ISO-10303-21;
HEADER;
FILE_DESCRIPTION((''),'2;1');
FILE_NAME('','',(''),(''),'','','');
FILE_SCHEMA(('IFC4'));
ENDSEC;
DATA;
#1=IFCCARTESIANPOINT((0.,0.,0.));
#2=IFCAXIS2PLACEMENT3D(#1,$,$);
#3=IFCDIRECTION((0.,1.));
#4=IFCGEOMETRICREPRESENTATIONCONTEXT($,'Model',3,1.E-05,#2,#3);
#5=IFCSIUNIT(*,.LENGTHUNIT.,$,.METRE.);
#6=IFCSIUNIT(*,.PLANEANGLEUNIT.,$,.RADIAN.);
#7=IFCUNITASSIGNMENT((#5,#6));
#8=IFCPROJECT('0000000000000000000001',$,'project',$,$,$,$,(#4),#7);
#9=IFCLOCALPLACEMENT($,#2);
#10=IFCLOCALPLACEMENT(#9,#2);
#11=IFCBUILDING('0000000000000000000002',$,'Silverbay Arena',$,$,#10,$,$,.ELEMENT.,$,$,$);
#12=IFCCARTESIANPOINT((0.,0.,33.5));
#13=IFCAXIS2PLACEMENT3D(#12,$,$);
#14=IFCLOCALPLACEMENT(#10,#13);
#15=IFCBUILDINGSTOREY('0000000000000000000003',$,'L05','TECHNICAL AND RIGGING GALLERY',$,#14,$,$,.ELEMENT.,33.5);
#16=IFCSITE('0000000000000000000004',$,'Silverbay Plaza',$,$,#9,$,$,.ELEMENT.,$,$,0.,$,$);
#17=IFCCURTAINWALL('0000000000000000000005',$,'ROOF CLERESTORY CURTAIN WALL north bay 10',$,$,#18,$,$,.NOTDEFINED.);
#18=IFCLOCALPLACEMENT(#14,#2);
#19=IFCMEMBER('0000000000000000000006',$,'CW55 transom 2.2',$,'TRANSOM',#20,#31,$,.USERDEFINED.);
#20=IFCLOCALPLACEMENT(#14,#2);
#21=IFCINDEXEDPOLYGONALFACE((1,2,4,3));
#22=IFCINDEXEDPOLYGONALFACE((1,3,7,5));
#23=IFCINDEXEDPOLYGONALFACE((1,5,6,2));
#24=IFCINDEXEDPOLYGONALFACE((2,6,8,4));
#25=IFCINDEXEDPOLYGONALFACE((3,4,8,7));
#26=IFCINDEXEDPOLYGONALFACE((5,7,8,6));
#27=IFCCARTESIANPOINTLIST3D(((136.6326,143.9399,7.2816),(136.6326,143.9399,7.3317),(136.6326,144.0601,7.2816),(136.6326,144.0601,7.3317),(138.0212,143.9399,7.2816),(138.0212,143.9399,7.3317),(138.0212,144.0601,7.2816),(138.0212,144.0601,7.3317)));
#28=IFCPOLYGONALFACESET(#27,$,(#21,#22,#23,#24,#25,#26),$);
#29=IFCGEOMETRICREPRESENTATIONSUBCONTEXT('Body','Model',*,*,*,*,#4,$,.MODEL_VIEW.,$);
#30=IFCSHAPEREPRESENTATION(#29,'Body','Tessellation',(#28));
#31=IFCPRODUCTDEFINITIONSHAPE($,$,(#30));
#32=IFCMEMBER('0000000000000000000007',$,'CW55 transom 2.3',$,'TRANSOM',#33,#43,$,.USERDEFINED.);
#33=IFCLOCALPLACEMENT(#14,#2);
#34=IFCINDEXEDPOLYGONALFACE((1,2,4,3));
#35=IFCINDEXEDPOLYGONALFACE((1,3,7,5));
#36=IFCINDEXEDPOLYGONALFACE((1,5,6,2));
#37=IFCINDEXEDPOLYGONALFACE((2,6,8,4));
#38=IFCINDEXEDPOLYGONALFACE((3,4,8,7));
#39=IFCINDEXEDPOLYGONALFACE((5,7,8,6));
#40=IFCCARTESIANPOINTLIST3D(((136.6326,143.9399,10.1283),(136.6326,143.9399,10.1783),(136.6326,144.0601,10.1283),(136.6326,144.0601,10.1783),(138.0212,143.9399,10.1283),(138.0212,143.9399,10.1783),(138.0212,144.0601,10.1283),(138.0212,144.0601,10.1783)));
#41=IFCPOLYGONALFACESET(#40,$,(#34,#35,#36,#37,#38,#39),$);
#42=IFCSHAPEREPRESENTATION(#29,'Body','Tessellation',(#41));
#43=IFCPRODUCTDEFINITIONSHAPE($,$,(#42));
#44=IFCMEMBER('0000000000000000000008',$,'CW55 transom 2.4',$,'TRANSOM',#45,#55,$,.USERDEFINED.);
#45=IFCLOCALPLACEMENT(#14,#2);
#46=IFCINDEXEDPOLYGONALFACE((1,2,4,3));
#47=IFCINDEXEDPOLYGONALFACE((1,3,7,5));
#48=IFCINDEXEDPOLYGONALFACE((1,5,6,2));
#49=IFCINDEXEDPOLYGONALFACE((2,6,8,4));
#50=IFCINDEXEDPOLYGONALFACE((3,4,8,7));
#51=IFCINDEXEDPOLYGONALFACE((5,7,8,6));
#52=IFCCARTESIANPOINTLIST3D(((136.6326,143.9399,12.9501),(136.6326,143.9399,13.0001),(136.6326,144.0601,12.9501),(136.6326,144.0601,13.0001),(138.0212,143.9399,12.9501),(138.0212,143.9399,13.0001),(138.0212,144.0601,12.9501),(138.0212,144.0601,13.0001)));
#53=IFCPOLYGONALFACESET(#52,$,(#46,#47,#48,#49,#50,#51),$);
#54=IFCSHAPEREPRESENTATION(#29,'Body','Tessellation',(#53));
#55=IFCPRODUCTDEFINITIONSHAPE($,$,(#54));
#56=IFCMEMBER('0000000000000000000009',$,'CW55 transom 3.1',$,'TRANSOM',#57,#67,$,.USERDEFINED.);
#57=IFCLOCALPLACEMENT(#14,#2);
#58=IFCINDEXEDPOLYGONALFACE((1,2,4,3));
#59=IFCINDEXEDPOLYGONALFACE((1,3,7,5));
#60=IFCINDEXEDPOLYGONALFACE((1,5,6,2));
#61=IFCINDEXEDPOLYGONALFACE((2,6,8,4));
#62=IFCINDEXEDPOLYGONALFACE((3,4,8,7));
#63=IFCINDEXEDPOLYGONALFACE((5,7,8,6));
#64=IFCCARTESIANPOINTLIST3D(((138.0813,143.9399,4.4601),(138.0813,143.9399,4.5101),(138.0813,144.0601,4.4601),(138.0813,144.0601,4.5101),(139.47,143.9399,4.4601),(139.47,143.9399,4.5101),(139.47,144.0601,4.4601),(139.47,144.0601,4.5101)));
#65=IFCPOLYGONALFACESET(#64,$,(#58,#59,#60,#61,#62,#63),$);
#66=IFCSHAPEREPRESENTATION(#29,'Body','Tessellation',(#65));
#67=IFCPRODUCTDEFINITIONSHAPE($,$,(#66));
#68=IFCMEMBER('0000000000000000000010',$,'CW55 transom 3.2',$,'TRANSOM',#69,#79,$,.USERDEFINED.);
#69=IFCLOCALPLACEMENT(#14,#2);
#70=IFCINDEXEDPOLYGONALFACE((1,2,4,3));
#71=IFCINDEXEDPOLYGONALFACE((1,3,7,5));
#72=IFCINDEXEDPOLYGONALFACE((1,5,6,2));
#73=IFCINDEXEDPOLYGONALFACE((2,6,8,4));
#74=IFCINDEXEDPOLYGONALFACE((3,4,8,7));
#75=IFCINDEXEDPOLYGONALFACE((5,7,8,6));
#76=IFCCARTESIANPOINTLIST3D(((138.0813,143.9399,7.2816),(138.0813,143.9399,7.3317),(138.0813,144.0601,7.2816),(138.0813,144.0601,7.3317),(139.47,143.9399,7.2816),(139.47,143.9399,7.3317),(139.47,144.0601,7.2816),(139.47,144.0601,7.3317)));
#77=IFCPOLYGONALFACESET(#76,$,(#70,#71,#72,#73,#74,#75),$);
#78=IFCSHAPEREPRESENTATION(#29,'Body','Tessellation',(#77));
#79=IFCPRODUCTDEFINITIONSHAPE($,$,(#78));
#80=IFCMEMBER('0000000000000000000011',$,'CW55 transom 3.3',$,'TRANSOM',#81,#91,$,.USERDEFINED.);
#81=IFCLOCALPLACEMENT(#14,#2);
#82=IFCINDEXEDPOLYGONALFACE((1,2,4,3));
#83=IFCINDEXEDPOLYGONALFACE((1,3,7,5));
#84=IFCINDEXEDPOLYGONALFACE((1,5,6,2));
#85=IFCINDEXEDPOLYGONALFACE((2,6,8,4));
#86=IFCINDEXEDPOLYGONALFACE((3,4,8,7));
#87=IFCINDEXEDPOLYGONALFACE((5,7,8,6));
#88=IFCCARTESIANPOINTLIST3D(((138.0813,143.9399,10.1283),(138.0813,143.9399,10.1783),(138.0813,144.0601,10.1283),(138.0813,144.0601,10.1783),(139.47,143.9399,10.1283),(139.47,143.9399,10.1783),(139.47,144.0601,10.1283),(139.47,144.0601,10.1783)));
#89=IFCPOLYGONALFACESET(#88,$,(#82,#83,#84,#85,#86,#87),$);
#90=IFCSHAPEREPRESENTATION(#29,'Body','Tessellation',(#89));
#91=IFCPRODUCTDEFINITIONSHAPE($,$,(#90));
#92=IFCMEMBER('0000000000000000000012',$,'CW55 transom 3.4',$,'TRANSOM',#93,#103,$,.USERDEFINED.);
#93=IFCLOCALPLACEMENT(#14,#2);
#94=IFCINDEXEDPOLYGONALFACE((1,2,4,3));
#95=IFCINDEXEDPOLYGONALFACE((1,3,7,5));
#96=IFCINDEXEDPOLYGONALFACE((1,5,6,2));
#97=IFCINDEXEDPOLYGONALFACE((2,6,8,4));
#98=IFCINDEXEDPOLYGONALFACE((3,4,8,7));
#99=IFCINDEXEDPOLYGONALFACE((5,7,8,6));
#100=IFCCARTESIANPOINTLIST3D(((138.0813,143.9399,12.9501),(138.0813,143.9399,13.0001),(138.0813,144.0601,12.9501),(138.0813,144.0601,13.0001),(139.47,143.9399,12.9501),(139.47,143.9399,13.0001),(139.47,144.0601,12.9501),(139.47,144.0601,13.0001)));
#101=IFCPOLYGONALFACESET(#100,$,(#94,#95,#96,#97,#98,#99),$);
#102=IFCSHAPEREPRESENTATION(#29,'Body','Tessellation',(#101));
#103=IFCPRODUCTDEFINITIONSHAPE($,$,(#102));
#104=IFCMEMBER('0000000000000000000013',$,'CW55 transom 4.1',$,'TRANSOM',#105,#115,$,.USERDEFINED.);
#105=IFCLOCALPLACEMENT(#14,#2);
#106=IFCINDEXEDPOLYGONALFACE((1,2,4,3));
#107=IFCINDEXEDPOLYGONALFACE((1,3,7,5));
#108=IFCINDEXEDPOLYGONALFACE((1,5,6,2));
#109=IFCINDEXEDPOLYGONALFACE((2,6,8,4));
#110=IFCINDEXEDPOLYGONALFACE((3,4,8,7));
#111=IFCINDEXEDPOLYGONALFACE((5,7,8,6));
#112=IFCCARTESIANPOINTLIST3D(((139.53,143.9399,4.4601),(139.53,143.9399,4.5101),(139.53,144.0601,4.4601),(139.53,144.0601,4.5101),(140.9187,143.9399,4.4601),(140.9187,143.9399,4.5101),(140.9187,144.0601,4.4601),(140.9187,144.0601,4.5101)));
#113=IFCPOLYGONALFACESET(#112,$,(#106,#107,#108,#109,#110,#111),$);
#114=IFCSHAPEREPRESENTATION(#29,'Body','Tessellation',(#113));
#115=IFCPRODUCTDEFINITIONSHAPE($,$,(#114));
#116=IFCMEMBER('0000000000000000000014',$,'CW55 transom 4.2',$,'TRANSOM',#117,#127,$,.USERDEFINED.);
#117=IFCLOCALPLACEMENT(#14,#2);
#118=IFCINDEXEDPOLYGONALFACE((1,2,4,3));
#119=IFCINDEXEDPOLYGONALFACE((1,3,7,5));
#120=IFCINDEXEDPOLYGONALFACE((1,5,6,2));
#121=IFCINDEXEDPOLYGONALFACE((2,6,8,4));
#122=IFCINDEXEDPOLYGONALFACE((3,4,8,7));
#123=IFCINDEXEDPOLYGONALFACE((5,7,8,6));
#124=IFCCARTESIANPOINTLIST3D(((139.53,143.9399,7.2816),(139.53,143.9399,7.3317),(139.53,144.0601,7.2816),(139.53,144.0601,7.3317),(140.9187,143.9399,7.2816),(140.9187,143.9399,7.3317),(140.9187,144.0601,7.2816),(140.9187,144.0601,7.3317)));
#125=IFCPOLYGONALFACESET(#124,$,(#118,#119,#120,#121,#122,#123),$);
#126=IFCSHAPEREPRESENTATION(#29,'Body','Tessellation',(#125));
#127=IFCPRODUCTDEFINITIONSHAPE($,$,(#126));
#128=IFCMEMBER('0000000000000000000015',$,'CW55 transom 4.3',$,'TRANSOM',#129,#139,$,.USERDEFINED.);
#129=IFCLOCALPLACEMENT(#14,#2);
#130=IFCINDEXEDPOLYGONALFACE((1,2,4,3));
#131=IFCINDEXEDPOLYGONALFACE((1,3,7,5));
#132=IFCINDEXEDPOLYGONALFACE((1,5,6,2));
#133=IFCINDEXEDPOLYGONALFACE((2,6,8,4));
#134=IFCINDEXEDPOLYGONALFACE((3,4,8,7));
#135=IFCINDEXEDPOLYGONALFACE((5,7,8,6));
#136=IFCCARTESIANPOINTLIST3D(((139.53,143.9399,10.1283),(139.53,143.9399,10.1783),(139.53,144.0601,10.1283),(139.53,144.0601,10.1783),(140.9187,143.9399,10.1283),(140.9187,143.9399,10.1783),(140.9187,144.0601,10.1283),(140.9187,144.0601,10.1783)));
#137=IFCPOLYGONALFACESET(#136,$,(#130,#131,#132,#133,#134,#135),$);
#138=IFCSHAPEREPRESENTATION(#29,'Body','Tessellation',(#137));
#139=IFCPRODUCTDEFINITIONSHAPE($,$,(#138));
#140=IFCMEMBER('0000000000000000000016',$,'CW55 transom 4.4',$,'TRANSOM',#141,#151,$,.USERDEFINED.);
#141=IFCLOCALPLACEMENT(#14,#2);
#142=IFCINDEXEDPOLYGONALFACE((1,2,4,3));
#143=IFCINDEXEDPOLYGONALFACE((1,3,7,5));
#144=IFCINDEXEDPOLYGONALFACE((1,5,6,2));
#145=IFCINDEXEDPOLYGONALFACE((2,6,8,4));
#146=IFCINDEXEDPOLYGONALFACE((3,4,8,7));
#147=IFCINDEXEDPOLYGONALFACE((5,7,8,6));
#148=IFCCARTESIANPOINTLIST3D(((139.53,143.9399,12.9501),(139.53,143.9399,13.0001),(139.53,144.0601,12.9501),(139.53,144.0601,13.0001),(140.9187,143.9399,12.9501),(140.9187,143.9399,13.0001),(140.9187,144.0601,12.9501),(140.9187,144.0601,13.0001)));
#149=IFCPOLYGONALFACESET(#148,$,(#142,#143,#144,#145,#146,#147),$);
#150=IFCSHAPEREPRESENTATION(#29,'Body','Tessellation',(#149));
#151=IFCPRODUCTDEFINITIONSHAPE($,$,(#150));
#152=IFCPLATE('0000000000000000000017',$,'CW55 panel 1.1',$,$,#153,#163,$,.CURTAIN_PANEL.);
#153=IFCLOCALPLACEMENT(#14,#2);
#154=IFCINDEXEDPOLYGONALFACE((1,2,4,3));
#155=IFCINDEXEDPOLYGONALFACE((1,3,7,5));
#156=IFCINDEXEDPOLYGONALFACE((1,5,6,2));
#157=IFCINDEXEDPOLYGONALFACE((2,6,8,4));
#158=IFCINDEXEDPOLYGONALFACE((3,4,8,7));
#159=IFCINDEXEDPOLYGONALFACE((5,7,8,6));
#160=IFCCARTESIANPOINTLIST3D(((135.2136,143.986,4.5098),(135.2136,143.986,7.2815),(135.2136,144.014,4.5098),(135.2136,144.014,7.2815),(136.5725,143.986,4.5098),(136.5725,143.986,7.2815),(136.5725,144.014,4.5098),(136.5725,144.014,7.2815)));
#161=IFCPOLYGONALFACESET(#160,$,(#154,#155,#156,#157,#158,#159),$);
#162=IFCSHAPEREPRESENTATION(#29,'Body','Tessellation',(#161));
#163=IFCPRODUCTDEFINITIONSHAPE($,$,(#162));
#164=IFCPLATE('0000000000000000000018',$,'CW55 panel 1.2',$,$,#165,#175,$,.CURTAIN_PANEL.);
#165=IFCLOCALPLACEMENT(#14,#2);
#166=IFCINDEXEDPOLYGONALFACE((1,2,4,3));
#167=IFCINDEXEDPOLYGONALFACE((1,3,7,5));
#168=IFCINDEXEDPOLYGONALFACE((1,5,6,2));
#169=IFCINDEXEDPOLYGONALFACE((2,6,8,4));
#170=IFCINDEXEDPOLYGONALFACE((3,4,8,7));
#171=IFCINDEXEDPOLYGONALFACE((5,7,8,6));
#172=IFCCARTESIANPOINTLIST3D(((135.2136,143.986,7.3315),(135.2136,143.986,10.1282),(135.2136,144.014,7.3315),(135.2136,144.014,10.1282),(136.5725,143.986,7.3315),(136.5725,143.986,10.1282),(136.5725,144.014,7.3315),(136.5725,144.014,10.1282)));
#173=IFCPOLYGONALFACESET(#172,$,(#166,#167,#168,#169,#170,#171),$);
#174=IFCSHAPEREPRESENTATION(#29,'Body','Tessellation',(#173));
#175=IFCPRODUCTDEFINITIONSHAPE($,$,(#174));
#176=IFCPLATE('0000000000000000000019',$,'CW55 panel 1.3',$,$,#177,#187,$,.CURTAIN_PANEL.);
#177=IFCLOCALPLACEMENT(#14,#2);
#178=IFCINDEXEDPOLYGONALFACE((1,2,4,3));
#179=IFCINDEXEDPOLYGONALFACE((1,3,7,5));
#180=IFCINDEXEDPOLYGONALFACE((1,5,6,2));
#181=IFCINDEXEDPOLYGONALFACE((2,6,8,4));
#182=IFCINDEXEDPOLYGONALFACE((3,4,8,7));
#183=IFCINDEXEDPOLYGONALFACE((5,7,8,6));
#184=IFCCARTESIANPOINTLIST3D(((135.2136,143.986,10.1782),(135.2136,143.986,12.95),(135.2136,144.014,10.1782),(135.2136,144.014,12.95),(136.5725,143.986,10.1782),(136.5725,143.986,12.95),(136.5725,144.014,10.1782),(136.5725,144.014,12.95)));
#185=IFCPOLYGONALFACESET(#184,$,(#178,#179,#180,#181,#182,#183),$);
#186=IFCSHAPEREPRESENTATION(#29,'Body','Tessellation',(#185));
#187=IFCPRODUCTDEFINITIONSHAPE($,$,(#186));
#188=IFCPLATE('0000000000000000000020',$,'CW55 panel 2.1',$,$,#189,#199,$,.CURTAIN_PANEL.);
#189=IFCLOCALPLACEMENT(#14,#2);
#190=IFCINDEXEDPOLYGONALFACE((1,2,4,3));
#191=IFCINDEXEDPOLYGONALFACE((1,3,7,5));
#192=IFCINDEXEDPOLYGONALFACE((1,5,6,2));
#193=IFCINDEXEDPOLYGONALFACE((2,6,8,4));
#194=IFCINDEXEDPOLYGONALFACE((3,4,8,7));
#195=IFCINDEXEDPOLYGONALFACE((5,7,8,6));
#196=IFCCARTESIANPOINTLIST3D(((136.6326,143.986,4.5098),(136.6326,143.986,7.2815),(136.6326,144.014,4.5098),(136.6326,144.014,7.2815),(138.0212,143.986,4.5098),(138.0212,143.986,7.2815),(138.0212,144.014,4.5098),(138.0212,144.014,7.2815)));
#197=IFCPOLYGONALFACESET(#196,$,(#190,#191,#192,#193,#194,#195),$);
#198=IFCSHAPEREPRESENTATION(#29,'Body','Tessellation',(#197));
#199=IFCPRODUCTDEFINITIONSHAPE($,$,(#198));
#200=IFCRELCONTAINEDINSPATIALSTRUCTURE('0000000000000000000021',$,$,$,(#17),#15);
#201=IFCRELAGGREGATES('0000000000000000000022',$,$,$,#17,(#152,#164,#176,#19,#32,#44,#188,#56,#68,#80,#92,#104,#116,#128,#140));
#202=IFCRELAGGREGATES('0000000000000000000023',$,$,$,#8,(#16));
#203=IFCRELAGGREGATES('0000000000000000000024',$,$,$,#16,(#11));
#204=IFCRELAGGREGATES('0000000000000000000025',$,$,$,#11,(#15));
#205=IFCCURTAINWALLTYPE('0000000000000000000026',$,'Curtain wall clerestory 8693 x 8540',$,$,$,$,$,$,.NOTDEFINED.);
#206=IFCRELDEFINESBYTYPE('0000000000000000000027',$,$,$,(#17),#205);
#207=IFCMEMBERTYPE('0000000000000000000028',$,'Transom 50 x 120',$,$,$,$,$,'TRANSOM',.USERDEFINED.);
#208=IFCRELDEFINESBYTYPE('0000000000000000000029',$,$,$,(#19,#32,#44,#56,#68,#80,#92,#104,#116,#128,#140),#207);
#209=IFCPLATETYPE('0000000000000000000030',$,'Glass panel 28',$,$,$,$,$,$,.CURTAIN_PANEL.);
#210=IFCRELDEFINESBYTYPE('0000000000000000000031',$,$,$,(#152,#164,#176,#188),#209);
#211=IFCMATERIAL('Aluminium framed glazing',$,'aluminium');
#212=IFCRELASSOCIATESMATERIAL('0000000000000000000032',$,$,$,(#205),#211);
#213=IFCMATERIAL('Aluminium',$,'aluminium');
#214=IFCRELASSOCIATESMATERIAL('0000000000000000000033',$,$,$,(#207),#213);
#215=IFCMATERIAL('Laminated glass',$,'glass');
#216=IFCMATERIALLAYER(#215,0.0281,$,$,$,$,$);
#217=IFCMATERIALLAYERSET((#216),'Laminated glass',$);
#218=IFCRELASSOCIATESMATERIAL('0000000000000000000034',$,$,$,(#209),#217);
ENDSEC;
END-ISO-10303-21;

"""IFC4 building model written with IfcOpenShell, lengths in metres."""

from ifc_helpers import new_model, si_unit, direction, frame, origin, origin_2d, place, context, subcontext, project, spatial, rectangle, extrude, material, layer, layer_set, material_profile, profile_set, type_object, element, aggregate, save


model = new_model("IFC4")

# Units and contexts
model_context = context("Model", 3, precision=1e-05, world=origin(), true_north=direction((0.0, 1.0)))
body_context = subcontext(model_context, "Body", "Model", "MODEL_VIEW")
ifc_project = project(units=[si_unit("LENGTHUNIT", "METRE"), si_unit("PLANEANGLEUNIT", "RADIAN")], contexts=[model_context])

# Site, building, storey
site_placement = place(None, origin())
site = spatial("IfcSite", under=ifc_project, at=site_placement, Name="Silverbay Plaza", CompositionType="ELEMENT", RefElevation=0.0)
building_placement = place(site_placement, origin())
building = spatial("IfcBuilding", under=site, at=building_placement, Name="Silverbay Arena", CompositionType="ELEMENT")
storey_placement = place(building_placement, frame((0.0, 0.0, 33.5)))
storey = spatial("IfcBuildingStorey", under=building, at=storey_placement, Name="L05", Description="TECHNICAL AND RIGGING GALLERY", CompositionType="ELEMENT", Elevation=33.5)

# Curtain wall
ifc_material_1 = material(Name="Aluminium framed glazing", Category="aluminium")
curtain_wall_type = type_object("IfcCurtainWallType", Name="Curtain wall clerestory 8693 x 8540", PredefinedType="NOTDEFINED", material=ifc_material_1)
curtain_wall_placement = place(storey_placement, origin())
curtain_wall = element("IfcCurtainWall", 1, at=curtain_wall_placement, inside=storey, type_object=curtain_wall_type, Name="ROOF CLERESTORY CURTAIN WALL north bay 10", PredefinedType="NOTDEFINED")

# Members
ifc_material_2 = material(Name="Aluminium", Category="aluminium")
ifc_material_profile_1 = material_profile(ifc_material_2, rectangle(XDim=0.1201, YDim=0.05, at=origin_2d()), Name="Transom 50 x 120")
ifc_profile_set_1 = profile_set([ifc_material_profile_1], Name="Aluminium")
member_type_1 = type_object("IfcMemberType", Name="Transom 50 x 120", ElementType="TRANSOM", PredefinedType="USERDEFINED", material=ifc_profile_set_1)
member_1_placement = place(storey_placement, frame((136.6326, 144.0, 7.3066), z_axis=(1.0, 0.0, 0.0), x_axis=(0.0, 1.0, 0.0)))
member_1 = element("IfcMember", 2, at=member_1_placement, type_object=member_type_1, Name="CW55 transom 2.2", ObjectType="TRANSOM", PredefinedType="USERDEFINED", context=body_context, shape_type="SweptSolid", body=[
    extrude(rectangle(XDim=0.1201, YDim=0.05, at=origin_2d()), origin(), (0.0, 0.0, 1.0), 1.3887),
])
member_2_placement = place(storey_placement, frame((136.6326, 144.0, 10.1533), z_axis=(1.0, 0.0, 0.0), x_axis=(0.0, 1.0, 0.0)))
member_2 = element("IfcMember", 3, at=member_2_placement, type_object=member_type_1, Name="CW55 transom 2.3", ObjectType="TRANSOM", PredefinedType="USERDEFINED", context=body_context, shape_type="SweptSolid", body=[
    extrude(rectangle(XDim=0.1201, YDim=0.05, at=origin_2d()), origin(), (0.0, 0.0, 1.0), 1.3887),
])
member_3_placement = place(storey_placement, frame((136.6326, 144.0, 12.9751), z_axis=(1.0, 0.0, 0.0), x_axis=(0.0, 1.0, 0.0)))
member_3 = element("IfcMember", 4, at=member_3_placement, type_object=member_type_1, Name="CW55 transom 2.4", ObjectType="TRANSOM", PredefinedType="USERDEFINED", context=body_context, shape_type="SweptSolid", body=[
    extrude(rectangle(XDim=0.1201, YDim=0.05, at=origin_2d()), origin(), (0.0, 0.0, 1.0), 1.3887),
])
member_4_placement = place(storey_placement, frame((138.0813, 144.0, 4.4851), z_axis=(1.0, 0.0, 0.0), x_axis=(0.0, 1.0, 0.0)))
member_4 = element("IfcMember", 5, at=member_4_placement, type_object=member_type_1, Name="CW55 transom 3.1", ObjectType="TRANSOM", PredefinedType="USERDEFINED", context=body_context, shape_type="SweptSolid", body=[
    extrude(rectangle(XDim=0.1201, YDim=0.05, at=origin_2d()), origin(), (0.0, 0.0, 1.0), 1.3887),
])
member_5_placement = place(storey_placement, frame((138.0813, 144.0, 7.3066), z_axis=(1.0, 0.0, 0.0), x_axis=(0.0, 1.0, 0.0)))
member_5 = element("IfcMember", 6, at=member_5_placement, type_object=member_type_1, Name="CW55 transom 3.2", ObjectType="TRANSOM", PredefinedType="USERDEFINED", context=body_context, shape_type="SweptSolid", body=[
    extrude(rectangle(XDim=0.1201, YDim=0.05, at=origin_2d()), origin(), (0.0, 0.0, 1.0), 1.3887),
])
member_6_placement = place(storey_placement, frame((138.0813, 144.0, 10.1533), z_axis=(1.0, 0.0, 0.0), x_axis=(0.0, 1.0, 0.0)))
member_6 = element("IfcMember", 7, at=member_6_placement, type_object=member_type_1, Name="CW55 transom 3.3", ObjectType="TRANSOM", PredefinedType="USERDEFINED", context=body_context, shape_type="SweptSolid", body=[
    extrude(rectangle(XDim=0.1201, YDim=0.05, at=origin_2d()), origin(), (0.0, 0.0, 1.0), 1.3887),
])
member_7_placement = place(storey_placement, frame((138.0813, 144.0, 12.9751), z_axis=(1.0, 0.0, 0.0), x_axis=(0.0, 1.0, 0.0)))
member_7 = element("IfcMember", 8, at=member_7_placement, type_object=member_type_1, Name="CW55 transom 3.4", ObjectType="TRANSOM", PredefinedType="USERDEFINED", context=body_context, shape_type="SweptSolid", body=[
    extrude(rectangle(XDim=0.1201, YDim=0.05, at=origin_2d()), origin(), (0.0, 0.0, 1.0), 1.3887),
])
member_8_placement = place(storey_placement, frame((139.53, 144.0, 4.4851), z_axis=(1.0, 0.0, 0.0), x_axis=(0.0, 1.0, 0.0)))
member_8 = element("IfcMember", 9, at=member_8_placement, type_object=member_type_1, Name="CW55 transom 4.1", ObjectType="TRANSOM", PredefinedType="USERDEFINED", context=body_context, shape_type="SweptSolid", body=[
    extrude(rectangle(XDim=0.1201, YDim=0.05, at=origin_2d()), origin(), (0.0, 0.0, 1.0), 1.3887),
])
member_9_placement = place(storey_placement, frame((139.53, 144.0, 7.3066), z_axis=(1.0, 0.0, 0.0), x_axis=(0.0, 1.0, 0.0)))
member_9 = element("IfcMember", 10, at=member_9_placement, type_object=member_type_1, Name="CW55 transom 4.2", ObjectType="TRANSOM", PredefinedType="USERDEFINED", context=body_context, shape_type="SweptSolid", body=[
    extrude(rectangle(XDim=0.1201, YDim=0.05, at=origin_2d()), origin(), (0.0, 0.0, 1.0), 1.3887),
])
member_10_placement = place(storey_placement, frame((139.53, 144.0, 10.1533), z_axis=(1.0, 0.0, 0.0), x_axis=(0.0, 1.0, 0.0)))
member_10 = element("IfcMember", 11, at=member_10_placement, type_object=member_type_1, Name="CW55 transom 4.3", ObjectType="TRANSOM", PredefinedType="USERDEFINED", context=body_context, shape_type="SweptSolid", body=[
    extrude(rectangle(XDim=0.1201, YDim=0.05, at=origin_2d()), origin(), (0.0, 0.0, 1.0), 1.3887),
])
member_11_placement = place(storey_placement, frame((139.53, 144.0, 12.9751), z_axis=(1.0, 0.0, 0.0), x_axis=(0.0, 1.0, 0.0)))
member_11 = element("IfcMember", 12, at=member_11_placement, type_object=member_type_1, Name="CW55 transom 4.4", ObjectType="TRANSOM", PredefinedType="USERDEFINED", context=body_context, shape_type="SweptSolid", body=[
    extrude(rectangle(XDim=0.1201, YDim=0.05, at=origin_2d()), origin(), (0.0, 0.0, 1.0), 1.3887),
])

# Plates
ifc_material_3 = material(Name="Laminated glass", Category="glass")
ifc_layer = layer(ifc_material_3, 0.0281)
ifc_layer_set = layer_set([ifc_layer], Name="Laminated glass")
plate_type = type_object("IfcPlateType", Name="Glass panel 28", PredefinedType="CURTAIN_PANEL", material=ifc_layer_set)
plate_1_placement = place(storey_placement, frame((135.8931, 144.0, 4.5098), z_axis=(0.0, 0.0, 1.0), x_axis=(1.0, 0.0, 0.0)))
plate_1 = element("IfcPlate", 13, at=plate_1_placement, type_object=plate_type, Name="CW55 panel 1.1", PredefinedType="CURTAIN_PANEL", context=body_context, shape_type="SweptSolid", body=[
    extrude(rectangle(XDim=1.3589, YDim=0.0281, at=origin_2d()), origin(), (0.0, 0.0, 1.0), 2.7717),
])
plate_2_placement = place(storey_placement, frame((135.8931, 144.0, 7.3315), z_axis=(0.0, 0.0, 1.0), x_axis=(1.0, 0.0, 0.0)))
plate_2 = element("IfcPlate", 14, at=plate_2_placement, type_object=plate_type, Name="CW55 panel 1.2", PredefinedType="CURTAIN_PANEL", context=body_context, shape_type="SweptSolid", body=[
    extrude(rectangle(XDim=1.3589, YDim=0.0281, at=origin_2d()), origin(), (0.0, 0.0, 1.0), 2.7966),
])
plate_3_placement = place(storey_placement, frame((135.8931, 144.0, 10.1782), z_axis=(0.0, 0.0, 1.0), x_axis=(1.0, 0.0, 0.0)))
plate_3 = element("IfcPlate", 15, at=plate_3_placement, type_object=plate_type, Name="CW55 panel 1.3", PredefinedType="CURTAIN_PANEL", context=body_context, shape_type="SweptSolid", body=[
    extrude(rectangle(XDim=1.3589, YDim=0.0281, at=origin_2d()), origin(), (0.0, 0.0, 1.0), 2.7717),
])
plate_4_placement = place(storey_placement, frame((137.3269, 144.0, 4.5098), z_axis=(0.0, 0.0, 1.0), x_axis=(1.0, 0.0, 0.0)))
plate_4 = element("IfcPlate", 16, at=plate_4_placement, type_object=plate_type, Name="CW55 panel 2.1", PredefinedType="CURTAIN_PANEL", context=body_context, shape_type="SweptSolid", body=[
    extrude(rectangle(XDim=1.3887, YDim=0.0281, at=origin_2d()), origin(), (0.0, 0.0, 1.0), 2.7717),
])
aggregate(curtain_wall, [plate_1, plate_2, plate_3, member_1, member_2, member_3, plate_4, member_4, member_5, member_6, member_7, member_8, member_9, member_10, member_11])

save(model, "model.ifc")
